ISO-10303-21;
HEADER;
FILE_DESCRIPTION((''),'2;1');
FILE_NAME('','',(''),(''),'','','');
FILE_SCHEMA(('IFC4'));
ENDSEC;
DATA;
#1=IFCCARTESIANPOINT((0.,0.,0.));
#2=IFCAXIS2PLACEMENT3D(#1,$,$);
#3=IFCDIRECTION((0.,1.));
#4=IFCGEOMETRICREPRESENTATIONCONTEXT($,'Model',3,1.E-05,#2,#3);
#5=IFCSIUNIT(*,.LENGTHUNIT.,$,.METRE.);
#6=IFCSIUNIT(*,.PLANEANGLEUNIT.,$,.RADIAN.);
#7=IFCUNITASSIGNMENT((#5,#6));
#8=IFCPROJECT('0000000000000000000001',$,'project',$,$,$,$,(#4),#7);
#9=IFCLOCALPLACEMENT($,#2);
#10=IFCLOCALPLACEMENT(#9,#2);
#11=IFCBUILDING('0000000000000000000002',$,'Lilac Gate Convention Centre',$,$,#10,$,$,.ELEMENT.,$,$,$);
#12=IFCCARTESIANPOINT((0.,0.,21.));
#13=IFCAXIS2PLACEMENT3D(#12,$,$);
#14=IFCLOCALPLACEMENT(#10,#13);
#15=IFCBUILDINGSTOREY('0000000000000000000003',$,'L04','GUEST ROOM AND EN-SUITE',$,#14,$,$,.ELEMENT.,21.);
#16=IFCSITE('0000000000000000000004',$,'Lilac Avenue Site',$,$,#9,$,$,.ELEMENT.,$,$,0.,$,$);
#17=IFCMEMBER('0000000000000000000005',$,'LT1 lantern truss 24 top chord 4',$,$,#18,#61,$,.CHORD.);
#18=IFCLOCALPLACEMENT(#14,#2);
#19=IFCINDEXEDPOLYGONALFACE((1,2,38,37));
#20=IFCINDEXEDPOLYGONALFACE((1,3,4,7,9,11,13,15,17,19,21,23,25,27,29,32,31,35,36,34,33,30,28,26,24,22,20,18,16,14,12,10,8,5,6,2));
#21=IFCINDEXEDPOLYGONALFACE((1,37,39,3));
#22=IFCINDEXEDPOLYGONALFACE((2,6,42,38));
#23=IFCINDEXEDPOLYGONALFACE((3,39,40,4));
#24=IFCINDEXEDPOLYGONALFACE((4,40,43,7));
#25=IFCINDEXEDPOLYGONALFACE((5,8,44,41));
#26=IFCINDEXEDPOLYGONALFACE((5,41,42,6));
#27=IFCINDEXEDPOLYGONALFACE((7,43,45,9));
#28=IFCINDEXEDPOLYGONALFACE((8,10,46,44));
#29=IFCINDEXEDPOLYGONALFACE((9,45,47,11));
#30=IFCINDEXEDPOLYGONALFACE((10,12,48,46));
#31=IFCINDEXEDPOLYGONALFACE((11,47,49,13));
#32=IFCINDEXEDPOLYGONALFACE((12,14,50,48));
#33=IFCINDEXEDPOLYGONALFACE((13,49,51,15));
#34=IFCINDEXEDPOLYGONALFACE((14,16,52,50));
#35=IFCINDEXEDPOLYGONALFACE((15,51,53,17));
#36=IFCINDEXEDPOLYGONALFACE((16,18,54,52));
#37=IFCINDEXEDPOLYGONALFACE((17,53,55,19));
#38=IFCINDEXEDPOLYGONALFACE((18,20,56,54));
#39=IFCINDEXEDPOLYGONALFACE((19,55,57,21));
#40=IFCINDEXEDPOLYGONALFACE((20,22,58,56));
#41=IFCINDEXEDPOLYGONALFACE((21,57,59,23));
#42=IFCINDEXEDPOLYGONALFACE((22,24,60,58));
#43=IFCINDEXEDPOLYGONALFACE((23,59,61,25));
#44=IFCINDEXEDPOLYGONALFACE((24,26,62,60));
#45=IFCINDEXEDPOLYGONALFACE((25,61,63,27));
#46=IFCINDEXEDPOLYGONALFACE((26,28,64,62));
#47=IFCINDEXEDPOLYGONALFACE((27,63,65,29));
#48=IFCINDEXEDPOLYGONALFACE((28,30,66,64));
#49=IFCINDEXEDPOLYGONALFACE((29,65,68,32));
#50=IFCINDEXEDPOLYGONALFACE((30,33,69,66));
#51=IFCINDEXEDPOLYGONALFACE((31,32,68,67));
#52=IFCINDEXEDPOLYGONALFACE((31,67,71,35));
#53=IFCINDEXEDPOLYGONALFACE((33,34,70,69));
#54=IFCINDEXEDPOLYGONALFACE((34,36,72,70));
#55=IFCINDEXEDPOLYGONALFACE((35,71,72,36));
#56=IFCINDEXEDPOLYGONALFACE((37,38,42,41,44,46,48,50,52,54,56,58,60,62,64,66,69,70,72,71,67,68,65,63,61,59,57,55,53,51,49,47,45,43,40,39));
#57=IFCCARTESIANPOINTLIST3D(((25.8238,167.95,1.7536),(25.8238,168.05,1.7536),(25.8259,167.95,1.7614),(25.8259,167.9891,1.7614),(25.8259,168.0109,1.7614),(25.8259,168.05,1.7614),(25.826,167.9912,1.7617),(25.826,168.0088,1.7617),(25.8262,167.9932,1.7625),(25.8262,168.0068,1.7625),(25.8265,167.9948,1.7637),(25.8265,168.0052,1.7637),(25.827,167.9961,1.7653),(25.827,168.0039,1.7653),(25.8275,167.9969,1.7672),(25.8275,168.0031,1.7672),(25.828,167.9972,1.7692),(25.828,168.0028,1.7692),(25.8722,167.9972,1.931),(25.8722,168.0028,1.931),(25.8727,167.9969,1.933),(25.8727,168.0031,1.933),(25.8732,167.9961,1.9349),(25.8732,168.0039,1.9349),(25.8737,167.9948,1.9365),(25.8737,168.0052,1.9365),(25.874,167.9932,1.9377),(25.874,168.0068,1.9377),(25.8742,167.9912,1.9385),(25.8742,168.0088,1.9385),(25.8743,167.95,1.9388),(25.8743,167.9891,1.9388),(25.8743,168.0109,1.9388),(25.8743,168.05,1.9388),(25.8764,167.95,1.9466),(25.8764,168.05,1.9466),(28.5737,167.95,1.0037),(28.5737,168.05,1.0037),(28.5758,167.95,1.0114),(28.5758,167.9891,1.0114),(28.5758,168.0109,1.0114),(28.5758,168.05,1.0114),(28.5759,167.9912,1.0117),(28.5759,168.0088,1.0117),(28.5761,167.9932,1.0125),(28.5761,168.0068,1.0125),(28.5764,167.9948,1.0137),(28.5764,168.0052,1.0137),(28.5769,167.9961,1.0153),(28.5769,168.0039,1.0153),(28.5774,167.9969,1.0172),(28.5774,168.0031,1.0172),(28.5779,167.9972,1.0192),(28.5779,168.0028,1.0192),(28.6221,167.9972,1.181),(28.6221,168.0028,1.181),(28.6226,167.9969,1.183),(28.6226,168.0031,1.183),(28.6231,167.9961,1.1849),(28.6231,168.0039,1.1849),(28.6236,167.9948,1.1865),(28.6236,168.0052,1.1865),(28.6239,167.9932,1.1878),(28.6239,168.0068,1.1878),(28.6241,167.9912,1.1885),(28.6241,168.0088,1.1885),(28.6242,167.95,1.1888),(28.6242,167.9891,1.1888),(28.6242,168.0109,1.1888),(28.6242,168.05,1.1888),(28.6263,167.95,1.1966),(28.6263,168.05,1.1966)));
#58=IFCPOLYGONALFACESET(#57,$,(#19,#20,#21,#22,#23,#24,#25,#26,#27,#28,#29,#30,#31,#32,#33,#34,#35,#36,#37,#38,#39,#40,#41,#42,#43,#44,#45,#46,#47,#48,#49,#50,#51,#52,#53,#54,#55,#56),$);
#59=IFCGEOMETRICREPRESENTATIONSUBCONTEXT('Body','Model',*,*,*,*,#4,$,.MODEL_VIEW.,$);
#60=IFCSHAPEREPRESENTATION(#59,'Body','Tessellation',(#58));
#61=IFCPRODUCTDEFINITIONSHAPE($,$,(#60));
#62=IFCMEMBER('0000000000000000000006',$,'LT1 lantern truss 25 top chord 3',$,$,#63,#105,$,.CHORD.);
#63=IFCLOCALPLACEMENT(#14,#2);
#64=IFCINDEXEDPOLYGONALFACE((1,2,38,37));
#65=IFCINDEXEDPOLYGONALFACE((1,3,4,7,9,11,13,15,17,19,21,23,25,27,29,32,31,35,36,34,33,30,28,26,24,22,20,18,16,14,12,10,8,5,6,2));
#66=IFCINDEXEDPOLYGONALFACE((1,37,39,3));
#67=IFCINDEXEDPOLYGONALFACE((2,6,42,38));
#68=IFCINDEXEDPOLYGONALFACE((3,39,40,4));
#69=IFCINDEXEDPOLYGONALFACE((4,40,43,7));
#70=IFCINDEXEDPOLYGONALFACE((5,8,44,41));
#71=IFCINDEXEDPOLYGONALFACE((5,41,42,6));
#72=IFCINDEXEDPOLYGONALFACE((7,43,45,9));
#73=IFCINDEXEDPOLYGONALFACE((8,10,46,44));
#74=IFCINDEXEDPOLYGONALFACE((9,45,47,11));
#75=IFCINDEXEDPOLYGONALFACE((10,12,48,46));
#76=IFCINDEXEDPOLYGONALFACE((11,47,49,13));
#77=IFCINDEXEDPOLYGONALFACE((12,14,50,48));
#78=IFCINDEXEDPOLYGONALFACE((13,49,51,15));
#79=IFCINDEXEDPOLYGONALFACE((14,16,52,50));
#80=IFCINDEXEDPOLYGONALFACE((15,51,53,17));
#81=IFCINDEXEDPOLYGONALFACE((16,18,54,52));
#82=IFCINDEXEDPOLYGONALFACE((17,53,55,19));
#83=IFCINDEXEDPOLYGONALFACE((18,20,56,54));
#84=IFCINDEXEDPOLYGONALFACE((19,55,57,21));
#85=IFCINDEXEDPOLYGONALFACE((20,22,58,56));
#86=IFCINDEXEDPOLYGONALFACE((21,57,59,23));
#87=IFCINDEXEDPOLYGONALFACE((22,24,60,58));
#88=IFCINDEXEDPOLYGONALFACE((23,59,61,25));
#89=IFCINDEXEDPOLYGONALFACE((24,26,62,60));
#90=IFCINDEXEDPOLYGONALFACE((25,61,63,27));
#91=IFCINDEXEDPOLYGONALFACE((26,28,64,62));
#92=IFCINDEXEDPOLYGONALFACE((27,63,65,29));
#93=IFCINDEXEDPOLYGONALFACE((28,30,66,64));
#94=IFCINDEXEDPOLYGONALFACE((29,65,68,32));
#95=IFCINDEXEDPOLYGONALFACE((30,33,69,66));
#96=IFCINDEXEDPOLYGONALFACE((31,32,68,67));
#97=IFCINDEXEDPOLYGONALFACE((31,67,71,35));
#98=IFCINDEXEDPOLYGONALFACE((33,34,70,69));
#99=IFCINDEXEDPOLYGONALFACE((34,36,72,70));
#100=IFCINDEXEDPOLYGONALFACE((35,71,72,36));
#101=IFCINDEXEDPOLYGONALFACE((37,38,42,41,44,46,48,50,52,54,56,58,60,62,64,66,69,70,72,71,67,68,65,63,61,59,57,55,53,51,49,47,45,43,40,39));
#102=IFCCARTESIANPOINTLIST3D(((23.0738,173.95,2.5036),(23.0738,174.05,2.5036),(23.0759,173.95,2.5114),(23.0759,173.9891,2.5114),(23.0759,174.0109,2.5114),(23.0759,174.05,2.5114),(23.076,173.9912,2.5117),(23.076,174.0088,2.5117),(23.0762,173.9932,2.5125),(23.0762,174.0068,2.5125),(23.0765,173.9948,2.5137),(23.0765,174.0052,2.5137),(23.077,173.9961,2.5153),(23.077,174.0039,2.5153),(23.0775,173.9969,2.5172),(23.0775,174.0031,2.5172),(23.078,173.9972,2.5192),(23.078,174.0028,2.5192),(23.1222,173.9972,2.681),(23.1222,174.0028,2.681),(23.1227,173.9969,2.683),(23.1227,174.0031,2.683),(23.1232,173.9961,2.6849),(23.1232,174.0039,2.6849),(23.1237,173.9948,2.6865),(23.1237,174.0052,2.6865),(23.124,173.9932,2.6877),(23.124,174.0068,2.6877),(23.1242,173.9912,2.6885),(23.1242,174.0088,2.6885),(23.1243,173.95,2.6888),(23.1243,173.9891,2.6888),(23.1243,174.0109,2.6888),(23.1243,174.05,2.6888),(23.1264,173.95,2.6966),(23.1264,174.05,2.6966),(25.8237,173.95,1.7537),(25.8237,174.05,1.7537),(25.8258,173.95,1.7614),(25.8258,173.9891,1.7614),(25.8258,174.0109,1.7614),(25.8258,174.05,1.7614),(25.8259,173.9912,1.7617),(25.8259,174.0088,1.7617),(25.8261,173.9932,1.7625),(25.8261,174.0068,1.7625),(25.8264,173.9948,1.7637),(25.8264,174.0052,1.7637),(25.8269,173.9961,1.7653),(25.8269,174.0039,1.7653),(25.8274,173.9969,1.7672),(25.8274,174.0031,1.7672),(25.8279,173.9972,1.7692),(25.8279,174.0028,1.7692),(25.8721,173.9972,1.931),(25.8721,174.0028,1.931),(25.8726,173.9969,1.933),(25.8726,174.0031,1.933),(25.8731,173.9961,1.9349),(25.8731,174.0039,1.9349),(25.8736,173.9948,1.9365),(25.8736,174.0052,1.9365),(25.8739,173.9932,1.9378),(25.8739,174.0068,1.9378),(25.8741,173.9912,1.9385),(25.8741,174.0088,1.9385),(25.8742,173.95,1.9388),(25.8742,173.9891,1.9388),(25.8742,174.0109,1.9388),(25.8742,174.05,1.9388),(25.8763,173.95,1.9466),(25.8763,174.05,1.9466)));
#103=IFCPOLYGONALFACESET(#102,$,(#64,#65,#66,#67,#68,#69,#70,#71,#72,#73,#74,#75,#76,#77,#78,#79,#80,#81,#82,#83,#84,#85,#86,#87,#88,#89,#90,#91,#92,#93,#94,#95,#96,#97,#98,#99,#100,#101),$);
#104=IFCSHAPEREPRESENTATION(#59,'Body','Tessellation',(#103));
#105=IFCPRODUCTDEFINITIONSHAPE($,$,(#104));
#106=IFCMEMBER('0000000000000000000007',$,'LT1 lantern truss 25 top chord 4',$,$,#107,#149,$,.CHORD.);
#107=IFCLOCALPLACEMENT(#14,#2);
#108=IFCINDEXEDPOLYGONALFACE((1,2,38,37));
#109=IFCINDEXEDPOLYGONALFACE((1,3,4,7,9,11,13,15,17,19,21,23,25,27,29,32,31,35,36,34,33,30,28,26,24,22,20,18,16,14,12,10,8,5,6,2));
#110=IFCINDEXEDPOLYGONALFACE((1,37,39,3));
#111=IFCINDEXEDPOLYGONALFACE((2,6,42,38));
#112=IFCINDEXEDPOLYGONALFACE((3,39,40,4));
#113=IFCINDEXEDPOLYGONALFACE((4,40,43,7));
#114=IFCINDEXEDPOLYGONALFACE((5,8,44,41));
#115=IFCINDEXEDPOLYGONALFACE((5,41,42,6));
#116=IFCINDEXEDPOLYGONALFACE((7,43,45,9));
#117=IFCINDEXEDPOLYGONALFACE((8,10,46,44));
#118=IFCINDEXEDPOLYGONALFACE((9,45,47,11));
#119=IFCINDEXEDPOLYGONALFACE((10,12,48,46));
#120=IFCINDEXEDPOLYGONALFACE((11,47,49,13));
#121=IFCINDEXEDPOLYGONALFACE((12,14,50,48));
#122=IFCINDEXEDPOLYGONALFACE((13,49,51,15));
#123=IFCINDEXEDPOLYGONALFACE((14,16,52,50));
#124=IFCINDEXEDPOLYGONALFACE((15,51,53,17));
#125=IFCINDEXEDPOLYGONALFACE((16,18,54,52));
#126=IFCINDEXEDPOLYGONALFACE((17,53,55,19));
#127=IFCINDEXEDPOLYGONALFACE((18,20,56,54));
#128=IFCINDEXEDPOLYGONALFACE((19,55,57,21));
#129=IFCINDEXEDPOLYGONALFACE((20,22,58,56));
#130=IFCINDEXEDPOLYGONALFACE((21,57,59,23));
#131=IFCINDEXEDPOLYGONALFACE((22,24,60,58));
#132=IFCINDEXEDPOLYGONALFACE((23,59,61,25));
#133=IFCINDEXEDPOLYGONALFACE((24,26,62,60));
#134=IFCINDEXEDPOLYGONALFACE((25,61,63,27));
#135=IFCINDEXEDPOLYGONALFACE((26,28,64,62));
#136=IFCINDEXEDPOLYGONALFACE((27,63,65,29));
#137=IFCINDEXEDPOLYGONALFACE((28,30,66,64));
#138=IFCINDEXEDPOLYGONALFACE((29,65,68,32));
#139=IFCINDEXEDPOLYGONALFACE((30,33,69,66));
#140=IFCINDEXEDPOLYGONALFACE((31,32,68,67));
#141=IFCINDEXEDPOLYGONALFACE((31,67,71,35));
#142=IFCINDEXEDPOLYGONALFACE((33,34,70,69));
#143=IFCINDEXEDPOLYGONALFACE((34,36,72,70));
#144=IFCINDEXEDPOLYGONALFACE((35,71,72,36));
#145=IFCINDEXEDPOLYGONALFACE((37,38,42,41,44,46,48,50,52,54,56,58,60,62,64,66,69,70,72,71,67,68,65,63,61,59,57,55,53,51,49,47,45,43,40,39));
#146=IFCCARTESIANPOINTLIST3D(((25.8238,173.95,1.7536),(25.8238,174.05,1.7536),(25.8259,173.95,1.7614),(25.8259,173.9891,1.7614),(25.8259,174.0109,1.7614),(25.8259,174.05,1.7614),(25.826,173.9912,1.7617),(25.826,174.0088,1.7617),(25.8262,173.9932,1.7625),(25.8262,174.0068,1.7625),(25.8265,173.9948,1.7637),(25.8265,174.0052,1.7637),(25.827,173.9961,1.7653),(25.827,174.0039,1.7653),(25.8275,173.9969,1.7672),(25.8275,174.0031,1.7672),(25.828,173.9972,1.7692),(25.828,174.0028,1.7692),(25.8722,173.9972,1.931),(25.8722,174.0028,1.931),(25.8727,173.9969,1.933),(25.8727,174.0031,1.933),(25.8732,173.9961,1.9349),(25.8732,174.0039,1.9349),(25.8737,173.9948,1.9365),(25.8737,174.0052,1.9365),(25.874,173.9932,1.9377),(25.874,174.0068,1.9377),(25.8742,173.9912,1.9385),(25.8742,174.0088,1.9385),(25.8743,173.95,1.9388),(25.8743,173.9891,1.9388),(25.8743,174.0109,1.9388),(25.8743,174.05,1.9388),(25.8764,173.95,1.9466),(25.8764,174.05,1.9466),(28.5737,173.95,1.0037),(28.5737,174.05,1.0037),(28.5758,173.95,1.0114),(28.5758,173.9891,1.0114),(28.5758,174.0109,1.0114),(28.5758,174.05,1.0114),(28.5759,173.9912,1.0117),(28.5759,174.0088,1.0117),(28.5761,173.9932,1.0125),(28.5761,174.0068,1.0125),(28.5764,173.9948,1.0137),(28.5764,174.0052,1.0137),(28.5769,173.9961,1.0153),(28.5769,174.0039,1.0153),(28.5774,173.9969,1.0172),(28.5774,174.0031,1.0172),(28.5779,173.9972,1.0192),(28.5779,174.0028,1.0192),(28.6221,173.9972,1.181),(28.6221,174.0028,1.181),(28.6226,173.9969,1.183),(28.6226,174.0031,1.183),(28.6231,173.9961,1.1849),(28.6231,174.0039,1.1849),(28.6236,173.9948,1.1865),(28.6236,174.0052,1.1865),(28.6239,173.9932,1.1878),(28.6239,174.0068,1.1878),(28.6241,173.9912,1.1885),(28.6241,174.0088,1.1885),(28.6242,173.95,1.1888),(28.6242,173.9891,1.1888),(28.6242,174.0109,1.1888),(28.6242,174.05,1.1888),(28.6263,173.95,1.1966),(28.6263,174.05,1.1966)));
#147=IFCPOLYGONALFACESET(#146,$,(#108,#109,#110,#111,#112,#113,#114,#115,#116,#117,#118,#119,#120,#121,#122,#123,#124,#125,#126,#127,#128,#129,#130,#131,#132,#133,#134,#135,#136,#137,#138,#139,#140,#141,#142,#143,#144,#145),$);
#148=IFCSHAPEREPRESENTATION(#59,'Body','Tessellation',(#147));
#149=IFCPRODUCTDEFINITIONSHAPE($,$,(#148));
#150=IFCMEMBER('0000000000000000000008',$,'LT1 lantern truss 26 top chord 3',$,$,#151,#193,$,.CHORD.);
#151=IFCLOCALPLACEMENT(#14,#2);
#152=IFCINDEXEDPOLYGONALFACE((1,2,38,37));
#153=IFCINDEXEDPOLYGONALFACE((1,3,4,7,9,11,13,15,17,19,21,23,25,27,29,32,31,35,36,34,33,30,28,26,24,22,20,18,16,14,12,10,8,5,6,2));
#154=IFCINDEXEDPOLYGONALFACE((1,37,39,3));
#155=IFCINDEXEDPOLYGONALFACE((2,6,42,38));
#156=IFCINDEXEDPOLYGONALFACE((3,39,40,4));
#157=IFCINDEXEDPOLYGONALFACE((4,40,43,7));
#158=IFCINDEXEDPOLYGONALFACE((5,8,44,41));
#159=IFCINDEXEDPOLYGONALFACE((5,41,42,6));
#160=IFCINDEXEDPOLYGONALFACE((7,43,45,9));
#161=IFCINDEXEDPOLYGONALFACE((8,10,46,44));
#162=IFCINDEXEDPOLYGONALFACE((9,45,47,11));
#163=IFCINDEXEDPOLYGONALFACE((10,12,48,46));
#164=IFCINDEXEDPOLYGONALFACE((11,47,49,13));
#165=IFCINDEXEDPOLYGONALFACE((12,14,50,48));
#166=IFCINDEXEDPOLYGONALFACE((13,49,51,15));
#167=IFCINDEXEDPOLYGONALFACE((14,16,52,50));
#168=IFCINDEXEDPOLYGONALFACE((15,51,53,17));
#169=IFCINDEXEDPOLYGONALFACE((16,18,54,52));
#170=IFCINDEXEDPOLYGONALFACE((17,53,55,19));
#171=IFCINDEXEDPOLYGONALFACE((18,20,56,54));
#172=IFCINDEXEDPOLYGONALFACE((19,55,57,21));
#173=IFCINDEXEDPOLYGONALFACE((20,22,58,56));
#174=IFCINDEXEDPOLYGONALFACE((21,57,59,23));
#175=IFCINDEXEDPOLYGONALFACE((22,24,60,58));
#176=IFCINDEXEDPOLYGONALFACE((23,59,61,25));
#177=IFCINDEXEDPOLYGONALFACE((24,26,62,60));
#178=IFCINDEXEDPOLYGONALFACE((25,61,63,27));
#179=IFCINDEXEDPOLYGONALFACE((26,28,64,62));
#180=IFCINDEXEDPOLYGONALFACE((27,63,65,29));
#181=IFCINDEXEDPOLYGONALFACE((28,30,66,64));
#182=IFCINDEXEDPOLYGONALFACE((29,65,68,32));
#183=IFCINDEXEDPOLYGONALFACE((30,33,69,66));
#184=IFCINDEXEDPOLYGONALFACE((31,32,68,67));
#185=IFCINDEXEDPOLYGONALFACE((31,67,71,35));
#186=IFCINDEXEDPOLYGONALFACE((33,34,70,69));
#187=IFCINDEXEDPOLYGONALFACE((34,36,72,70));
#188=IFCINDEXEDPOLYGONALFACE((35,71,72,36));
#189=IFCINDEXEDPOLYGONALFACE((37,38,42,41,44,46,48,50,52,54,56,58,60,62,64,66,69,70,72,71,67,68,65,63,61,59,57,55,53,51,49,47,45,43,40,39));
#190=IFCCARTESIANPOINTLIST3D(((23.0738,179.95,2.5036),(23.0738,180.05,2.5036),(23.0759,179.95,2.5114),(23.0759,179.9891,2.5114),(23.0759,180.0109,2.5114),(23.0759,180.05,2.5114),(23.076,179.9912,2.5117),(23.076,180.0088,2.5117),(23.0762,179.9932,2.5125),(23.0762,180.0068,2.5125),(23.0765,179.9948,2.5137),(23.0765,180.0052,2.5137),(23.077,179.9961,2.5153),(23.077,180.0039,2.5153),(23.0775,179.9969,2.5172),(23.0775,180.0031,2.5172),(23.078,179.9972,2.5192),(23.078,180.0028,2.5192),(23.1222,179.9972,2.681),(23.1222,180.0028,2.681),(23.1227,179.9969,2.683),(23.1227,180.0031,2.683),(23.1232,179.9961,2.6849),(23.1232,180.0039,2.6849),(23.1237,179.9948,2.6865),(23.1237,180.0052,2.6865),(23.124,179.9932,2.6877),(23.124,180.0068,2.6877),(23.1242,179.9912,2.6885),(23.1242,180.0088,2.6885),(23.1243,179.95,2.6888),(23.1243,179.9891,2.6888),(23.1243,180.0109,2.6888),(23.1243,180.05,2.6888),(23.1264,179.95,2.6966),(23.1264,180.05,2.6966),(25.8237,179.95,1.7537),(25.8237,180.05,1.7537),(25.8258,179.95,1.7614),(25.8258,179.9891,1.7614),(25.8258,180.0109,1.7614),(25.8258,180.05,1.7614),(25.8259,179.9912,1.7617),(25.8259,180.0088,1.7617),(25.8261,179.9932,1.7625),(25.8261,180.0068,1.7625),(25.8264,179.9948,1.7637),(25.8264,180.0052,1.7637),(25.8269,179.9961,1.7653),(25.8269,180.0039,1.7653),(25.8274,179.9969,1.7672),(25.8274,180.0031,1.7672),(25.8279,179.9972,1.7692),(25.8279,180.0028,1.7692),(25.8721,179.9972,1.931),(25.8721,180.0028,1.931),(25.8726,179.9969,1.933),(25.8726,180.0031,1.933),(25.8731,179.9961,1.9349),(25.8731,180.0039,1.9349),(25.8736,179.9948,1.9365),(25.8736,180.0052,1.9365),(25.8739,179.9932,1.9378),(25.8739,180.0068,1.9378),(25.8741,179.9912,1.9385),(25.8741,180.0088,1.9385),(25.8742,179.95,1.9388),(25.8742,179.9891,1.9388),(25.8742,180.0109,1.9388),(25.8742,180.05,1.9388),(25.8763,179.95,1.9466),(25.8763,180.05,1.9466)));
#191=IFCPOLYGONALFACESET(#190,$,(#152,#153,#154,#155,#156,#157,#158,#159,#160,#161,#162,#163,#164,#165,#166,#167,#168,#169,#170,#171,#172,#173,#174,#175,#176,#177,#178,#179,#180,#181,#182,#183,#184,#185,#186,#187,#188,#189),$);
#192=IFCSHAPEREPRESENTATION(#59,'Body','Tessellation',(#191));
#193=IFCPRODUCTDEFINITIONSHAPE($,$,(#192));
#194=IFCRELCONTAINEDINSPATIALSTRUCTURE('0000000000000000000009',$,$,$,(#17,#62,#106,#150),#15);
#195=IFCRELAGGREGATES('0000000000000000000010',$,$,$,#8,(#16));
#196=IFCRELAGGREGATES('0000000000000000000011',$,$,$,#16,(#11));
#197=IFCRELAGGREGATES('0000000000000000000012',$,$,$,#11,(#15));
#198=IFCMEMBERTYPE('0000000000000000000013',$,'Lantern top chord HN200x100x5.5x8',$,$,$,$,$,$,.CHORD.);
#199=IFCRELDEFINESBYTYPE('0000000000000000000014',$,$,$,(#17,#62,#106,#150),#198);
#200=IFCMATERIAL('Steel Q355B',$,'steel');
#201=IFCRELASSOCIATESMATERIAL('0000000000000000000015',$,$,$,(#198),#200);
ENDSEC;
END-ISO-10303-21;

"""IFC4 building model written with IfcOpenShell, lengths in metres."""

from ifc_helpers import new_model, si_unit, direction, frame, origin, origin_2d, place, context, subcontext, project, spatial, i_section, extrude, material, material_profile, profile_set, type_object, element, save


model = new_model("IFC4")

# Units and contexts
model_context = context("Model", 3, precision=1e-05, world=origin(), true_north=direction((0.0, 1.0)))
body_context = subcontext(model_context, "Body", "Model", "MODEL_VIEW")
ifc_project = project(units=[si_unit("LENGTHUNIT", "METRE"), si_unit("PLANEANGLEUNIT", "RADIAN")], contexts=[model_context])

# Site, building, storey
site_placement = place(None, origin())
site = spatial("IfcSite", under=ifc_project, at=site_placement, Name="Lilac Avenue Site", CompositionType="ELEMENT", RefElevation=0.0)
building_placement = place(site_placement, origin())
building = spatial("IfcBuilding", under=site, at=building_placement, Name="Lilac Gate Convention Centre", CompositionType="ELEMENT")
storey_placement = place(building_placement, frame((0.0, 0.0, 21.0)))
storey = spatial("IfcBuildingStorey", under=building, at=storey_placement, Name="L04", Description="GUEST ROOM AND EN-SUITE", CompositionType="ELEMENT", Elevation=21.0)

# Members
ifc_material_1 = material(Name="Steel Q355B", Category="steel")
ifc_material_profile_1 = material_profile(ifc_material_1, i_section(OverallWidth=0.1001, OverallDepth=0.2, WebThickness=0.0056, FlangeThickness=0.0081, FilletRadius=0.0081, at=origin_2d()), Name="HN200x100x5.5x8")
ifc_profile_set_1 = profile_set([ifc_material_profile_1], Name="Steel Q355B")
member_type_1 = type_object("IfcMemberType", Name="Lantern top chord HN200x100x5.5x8", PredefinedType="CHORD", material=ifc_profile_set_1)
for number, where, z_axis, x_axis, name in (
    (1, (25.8501, 168.0, 1.8501), (0.964764, 0.0, -0.263117), (0.0, 1.0, 0.0), "LT1 lantern truss 24 top chord 4"),
    (2, (23.1001, 174.0, 2.6001), (0.964764, 0.0, -0.263117), (0.0, 1.0, 0.0), "LT1 lantern truss 25 top chord 3"),
    (3, (25.8501, 174.0, 1.8501), (0.964764, 0.0, -0.263117), (0.0, 1.0, 0.0), "LT1 lantern truss 25 top chord 4"),
    (4, (23.1001, 180.0, 2.6001), (0.964764, 0.0, -0.263117), (0.0, 1.0, 0.0), "LT1 lantern truss 26 top chord 3"),
):
    element("IfcMember", number, at=place(storey_placement, frame(where, z_axis=z_axis, x_axis=x_axis)), inside=storey, type_object=member_type_1, Name=name, PredefinedType="CHORD", context=body_context, shape_type="SweptSolid", body=[
        extrude(i_section(OverallWidth=0.1001, OverallDepth=0.2, WebThickness=0.0056, FlangeThickness=0.0081, FilletRadius=0.0081, at=origin_2d()), origin(), (0.0, 0.0, 1.0), 2.8503),
    ])

save(model, "model.ifc")
